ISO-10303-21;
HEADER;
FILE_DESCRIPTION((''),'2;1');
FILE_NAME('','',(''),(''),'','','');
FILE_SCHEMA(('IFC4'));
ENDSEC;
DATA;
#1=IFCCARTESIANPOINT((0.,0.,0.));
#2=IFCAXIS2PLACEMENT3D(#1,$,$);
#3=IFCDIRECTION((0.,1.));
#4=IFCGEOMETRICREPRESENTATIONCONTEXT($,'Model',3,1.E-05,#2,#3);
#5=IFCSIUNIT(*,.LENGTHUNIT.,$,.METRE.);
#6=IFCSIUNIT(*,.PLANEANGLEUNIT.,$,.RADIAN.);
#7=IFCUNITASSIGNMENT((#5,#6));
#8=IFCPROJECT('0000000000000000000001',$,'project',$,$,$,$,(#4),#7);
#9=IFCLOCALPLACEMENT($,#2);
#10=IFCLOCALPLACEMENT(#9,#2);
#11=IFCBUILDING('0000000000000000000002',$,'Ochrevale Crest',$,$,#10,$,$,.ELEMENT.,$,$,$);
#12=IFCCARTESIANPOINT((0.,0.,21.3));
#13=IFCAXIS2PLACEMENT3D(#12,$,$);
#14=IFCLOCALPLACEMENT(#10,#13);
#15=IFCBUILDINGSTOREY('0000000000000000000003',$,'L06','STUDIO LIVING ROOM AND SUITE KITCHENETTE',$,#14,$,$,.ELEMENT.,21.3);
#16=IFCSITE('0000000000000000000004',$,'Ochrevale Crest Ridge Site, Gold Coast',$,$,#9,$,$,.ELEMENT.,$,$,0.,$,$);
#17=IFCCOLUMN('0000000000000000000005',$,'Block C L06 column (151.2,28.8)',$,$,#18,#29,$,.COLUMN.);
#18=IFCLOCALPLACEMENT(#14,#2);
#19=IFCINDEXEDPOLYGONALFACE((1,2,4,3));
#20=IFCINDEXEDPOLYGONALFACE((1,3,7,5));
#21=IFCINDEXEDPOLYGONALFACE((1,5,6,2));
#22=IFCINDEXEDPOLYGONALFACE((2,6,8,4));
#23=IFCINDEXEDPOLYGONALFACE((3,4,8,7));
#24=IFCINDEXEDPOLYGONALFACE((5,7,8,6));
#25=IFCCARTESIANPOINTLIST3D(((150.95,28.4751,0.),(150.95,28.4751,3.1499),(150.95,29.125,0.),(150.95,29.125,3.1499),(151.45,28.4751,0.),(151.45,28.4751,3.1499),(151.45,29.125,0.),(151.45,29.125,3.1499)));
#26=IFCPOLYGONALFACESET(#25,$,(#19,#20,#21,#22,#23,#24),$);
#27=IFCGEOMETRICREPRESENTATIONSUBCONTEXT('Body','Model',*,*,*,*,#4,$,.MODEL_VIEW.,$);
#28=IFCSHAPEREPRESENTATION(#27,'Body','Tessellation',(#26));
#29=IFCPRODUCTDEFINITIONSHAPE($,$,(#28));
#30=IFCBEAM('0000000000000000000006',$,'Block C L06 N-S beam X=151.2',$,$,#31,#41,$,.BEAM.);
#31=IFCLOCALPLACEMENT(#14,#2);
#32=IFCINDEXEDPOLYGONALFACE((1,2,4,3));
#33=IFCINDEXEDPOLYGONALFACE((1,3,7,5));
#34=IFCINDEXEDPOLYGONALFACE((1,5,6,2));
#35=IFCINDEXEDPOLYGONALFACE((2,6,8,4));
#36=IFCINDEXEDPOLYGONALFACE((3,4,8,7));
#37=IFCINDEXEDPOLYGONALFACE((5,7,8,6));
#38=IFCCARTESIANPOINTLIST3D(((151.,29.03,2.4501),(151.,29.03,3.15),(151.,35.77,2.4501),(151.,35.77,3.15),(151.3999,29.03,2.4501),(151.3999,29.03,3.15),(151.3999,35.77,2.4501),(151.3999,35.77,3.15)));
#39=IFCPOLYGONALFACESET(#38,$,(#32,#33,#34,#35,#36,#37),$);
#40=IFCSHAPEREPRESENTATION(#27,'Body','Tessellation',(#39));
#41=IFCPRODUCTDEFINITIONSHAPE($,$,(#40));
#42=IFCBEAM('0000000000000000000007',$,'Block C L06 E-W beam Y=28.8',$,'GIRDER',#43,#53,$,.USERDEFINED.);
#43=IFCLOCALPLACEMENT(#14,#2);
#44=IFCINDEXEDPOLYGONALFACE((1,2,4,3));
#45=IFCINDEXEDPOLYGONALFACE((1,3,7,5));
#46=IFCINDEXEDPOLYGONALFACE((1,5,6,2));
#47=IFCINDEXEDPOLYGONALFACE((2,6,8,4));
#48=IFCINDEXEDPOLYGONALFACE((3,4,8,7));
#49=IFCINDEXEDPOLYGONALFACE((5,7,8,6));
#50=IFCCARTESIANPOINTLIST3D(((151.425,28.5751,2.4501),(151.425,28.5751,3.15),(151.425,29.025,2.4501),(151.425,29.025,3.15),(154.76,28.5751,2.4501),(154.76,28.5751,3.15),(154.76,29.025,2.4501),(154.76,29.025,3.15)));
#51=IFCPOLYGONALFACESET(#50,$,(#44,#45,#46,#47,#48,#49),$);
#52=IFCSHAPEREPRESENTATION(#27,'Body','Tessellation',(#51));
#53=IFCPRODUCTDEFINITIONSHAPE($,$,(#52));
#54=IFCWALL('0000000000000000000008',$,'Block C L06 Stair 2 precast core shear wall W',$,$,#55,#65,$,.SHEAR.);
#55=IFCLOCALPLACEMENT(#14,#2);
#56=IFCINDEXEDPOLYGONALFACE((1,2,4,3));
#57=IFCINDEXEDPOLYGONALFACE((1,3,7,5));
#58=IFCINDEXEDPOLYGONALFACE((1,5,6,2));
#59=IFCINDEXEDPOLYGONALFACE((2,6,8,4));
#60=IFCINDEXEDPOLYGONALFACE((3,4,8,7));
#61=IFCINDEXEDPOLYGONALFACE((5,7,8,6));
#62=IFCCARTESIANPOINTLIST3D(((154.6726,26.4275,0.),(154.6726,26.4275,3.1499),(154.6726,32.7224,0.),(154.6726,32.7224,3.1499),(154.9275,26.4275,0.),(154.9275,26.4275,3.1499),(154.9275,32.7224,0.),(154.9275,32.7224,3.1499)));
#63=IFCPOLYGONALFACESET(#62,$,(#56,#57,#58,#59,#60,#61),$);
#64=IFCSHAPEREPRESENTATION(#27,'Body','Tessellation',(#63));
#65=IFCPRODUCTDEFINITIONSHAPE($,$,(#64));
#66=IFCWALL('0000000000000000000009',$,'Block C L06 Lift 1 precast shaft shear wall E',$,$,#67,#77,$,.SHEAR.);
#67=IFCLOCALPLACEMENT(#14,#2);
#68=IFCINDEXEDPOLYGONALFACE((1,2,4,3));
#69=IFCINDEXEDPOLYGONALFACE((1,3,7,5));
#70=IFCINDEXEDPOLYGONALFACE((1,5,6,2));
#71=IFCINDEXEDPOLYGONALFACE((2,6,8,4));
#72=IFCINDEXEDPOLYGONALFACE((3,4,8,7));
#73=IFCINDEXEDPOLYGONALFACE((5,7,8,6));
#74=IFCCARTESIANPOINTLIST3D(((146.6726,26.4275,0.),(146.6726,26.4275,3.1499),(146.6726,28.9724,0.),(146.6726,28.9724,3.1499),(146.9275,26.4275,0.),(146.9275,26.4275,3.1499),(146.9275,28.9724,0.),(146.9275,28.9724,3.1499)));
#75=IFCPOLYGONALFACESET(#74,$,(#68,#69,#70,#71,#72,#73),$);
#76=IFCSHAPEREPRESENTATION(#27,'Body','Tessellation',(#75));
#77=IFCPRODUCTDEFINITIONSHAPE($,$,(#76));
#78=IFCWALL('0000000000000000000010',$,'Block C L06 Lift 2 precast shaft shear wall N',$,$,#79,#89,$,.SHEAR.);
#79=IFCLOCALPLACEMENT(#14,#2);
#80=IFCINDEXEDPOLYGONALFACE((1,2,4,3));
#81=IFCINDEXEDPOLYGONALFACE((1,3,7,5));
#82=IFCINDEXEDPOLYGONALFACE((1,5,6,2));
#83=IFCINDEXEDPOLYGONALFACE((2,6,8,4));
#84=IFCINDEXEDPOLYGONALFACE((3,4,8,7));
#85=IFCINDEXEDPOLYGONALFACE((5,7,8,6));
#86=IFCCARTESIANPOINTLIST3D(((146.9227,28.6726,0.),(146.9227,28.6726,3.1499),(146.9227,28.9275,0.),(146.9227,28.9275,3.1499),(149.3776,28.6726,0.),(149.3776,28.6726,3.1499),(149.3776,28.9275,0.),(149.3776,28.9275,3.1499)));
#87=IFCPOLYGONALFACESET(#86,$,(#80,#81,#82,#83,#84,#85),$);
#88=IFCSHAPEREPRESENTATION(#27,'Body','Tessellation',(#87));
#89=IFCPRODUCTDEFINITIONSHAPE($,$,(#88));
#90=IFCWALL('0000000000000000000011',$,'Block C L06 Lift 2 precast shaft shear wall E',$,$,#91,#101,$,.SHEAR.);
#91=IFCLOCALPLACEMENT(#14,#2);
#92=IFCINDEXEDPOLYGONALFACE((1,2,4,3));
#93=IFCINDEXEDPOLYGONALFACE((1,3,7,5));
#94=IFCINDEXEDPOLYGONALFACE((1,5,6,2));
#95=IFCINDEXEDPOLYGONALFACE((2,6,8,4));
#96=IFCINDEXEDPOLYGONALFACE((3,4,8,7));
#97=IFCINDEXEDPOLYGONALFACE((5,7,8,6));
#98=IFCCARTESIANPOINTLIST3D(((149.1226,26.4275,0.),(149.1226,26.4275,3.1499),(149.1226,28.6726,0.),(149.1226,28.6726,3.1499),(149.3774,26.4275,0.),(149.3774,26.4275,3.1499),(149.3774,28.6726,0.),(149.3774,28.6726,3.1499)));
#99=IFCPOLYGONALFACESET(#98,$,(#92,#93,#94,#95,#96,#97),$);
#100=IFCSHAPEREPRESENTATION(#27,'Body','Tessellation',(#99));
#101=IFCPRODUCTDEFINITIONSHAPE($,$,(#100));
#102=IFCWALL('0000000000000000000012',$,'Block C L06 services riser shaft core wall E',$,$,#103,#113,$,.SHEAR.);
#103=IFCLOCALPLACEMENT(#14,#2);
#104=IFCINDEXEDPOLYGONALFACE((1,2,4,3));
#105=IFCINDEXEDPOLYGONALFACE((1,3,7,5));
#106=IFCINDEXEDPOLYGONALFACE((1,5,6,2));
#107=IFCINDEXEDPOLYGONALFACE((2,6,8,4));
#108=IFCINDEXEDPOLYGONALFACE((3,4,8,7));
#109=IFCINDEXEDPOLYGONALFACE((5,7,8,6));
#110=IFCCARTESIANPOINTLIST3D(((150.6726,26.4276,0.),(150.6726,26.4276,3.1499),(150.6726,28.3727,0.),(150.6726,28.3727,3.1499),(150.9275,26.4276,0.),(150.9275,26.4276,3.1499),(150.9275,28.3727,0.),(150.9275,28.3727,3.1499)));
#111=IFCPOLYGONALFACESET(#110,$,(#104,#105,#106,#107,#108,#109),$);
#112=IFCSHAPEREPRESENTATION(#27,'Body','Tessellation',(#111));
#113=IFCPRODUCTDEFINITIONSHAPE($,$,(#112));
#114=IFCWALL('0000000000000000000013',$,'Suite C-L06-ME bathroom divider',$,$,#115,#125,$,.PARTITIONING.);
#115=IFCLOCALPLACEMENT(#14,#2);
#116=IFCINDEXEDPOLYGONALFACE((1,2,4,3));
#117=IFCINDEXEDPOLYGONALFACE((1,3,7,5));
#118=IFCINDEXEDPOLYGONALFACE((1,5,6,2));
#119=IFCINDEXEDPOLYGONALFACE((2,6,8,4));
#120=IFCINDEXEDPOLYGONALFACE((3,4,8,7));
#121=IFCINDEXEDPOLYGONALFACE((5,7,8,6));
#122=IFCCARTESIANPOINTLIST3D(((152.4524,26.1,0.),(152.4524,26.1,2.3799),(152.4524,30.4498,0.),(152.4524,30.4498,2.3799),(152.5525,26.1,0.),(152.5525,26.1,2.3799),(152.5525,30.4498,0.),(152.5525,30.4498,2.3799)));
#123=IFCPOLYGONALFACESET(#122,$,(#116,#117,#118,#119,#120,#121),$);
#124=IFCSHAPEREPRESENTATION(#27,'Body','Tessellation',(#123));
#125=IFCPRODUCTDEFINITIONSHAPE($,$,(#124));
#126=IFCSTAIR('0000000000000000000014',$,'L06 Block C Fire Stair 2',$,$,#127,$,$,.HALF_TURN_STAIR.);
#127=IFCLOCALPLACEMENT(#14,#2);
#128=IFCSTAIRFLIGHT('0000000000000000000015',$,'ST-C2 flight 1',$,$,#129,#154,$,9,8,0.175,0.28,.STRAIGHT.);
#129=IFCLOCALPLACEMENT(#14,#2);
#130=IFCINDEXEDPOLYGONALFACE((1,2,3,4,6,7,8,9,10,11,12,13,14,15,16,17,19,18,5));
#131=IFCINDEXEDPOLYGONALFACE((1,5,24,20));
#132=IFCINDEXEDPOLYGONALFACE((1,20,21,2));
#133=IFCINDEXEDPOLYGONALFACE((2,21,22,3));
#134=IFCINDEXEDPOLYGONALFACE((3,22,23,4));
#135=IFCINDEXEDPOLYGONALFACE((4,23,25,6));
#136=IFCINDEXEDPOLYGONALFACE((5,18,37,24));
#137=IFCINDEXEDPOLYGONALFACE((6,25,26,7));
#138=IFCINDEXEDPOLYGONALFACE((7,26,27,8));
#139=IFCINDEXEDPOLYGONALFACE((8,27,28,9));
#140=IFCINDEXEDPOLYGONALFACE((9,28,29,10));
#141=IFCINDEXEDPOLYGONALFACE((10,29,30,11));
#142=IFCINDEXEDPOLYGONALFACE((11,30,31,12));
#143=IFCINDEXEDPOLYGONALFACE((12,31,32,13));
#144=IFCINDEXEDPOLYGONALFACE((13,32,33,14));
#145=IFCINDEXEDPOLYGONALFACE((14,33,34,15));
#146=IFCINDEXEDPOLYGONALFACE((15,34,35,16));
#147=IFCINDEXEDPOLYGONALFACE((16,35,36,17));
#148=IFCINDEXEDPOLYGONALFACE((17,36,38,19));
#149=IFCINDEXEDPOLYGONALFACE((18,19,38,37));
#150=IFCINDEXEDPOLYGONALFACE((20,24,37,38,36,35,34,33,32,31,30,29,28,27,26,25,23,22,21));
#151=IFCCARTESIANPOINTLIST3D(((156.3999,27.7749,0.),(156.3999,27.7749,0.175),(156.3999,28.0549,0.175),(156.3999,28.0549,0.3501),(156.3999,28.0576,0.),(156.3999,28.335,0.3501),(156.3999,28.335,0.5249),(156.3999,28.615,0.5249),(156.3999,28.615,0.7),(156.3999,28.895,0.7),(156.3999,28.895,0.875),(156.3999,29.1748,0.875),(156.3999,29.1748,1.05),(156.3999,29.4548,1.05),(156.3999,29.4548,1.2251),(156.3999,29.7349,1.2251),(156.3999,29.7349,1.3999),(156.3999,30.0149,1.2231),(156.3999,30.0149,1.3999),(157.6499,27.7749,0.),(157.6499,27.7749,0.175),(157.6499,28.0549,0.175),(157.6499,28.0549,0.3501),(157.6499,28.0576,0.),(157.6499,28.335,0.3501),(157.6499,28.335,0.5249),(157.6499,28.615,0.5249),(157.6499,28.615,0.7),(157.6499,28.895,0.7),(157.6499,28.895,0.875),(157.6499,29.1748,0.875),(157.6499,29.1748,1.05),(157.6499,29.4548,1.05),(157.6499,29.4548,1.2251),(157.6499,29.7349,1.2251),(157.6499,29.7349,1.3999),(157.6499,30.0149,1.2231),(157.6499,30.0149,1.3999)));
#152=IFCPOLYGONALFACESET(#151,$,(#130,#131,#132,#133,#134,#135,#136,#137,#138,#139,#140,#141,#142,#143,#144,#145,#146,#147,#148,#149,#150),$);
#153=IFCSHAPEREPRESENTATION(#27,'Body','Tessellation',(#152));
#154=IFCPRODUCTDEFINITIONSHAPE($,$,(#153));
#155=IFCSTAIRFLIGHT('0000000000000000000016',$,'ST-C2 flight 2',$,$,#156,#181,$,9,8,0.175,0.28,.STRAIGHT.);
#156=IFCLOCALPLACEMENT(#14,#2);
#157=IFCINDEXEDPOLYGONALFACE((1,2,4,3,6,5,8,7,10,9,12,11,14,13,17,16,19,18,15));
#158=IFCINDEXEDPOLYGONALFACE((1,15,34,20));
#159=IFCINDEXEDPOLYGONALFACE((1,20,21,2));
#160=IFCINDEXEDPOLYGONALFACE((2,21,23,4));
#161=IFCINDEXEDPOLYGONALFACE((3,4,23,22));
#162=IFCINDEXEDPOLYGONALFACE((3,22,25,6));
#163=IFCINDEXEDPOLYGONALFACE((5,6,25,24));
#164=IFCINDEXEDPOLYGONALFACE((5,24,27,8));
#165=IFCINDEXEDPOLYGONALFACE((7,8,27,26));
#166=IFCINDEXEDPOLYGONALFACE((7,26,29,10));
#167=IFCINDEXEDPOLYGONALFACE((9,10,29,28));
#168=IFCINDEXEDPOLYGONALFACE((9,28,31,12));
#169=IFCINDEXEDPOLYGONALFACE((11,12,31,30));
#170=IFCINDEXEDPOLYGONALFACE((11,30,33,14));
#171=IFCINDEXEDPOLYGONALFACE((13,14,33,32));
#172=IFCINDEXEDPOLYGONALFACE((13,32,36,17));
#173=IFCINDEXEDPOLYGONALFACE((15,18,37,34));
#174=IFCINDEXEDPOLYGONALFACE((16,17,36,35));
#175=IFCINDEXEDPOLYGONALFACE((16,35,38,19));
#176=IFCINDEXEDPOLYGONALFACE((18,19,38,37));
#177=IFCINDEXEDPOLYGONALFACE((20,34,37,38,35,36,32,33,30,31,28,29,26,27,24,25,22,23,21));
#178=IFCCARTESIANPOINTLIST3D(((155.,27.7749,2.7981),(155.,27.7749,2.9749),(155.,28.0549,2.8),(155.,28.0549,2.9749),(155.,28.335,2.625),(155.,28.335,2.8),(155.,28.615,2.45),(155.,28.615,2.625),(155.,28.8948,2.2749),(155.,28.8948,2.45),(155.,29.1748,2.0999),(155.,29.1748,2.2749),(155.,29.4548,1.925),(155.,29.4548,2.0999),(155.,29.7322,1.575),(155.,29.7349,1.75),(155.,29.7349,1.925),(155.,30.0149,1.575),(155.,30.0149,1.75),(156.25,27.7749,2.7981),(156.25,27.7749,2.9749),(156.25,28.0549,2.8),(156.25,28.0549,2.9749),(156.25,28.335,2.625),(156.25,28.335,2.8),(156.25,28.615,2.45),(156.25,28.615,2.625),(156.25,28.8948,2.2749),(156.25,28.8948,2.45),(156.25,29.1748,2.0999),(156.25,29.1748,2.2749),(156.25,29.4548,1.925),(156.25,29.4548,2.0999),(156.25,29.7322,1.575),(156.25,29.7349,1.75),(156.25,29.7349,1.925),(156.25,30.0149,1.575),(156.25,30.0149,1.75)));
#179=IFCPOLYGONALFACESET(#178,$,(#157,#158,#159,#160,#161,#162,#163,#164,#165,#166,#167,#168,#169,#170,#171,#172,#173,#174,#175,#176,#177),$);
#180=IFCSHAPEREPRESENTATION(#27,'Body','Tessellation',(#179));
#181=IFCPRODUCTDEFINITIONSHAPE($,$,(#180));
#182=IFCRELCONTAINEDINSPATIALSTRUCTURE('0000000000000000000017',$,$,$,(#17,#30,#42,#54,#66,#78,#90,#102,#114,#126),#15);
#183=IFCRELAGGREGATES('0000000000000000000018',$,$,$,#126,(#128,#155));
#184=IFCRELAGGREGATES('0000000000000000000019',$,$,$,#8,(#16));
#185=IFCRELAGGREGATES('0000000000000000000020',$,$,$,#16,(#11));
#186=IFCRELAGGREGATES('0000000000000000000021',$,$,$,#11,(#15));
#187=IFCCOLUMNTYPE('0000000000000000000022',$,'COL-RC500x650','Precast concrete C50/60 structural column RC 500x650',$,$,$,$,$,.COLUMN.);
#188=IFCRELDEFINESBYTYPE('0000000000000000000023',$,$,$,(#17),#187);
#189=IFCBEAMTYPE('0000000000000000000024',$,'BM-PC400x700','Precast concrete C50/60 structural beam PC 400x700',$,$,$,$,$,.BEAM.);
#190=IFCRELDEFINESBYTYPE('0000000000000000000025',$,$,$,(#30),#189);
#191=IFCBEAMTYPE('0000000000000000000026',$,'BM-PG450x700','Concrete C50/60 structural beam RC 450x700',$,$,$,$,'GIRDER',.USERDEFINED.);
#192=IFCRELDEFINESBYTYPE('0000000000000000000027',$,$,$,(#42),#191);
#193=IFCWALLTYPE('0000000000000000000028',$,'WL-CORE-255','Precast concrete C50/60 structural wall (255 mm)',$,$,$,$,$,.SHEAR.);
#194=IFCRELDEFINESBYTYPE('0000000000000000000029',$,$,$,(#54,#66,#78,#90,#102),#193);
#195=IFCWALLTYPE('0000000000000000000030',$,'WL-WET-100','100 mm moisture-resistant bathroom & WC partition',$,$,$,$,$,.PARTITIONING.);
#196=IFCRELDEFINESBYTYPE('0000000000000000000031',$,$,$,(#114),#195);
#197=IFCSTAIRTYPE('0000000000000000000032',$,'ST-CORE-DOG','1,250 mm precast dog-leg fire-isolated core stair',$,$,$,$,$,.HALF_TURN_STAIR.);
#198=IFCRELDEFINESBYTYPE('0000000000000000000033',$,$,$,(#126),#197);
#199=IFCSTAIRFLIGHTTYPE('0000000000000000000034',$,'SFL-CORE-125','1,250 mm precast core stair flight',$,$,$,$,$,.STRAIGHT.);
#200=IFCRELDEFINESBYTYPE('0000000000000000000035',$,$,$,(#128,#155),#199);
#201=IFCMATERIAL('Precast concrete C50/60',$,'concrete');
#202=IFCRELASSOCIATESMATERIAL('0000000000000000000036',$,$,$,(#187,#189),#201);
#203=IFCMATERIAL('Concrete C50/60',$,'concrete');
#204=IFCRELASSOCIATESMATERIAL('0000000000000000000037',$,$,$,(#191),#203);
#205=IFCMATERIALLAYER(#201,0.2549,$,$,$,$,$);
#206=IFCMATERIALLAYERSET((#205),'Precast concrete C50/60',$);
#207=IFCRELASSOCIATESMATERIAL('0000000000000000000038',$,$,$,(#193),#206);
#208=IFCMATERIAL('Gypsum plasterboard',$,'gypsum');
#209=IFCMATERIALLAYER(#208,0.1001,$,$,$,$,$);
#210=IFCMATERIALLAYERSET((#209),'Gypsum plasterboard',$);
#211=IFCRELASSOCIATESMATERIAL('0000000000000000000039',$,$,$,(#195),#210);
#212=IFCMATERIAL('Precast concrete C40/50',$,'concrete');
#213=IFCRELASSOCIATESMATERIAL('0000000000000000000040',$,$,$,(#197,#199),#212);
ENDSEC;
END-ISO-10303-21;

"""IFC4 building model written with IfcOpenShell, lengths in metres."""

from ifc_helpers import new_model, si_unit, direction, frame, frame_2d, origin, origin_2d, place, context, subcontext, project, spatial, polyline, rectangle, outline, extrude, material, layer, layer_set, material_profile, profile_set, type_object, element, aggregate, save


model = new_model("IFC4")

# Units and contexts
model_context = context("Model", 3, precision=1e-05, world=origin(), true_north=direction((0.0, 1.0)))
body_context = subcontext(model_context, "Body", "Model", "MODEL_VIEW")
ifc_project = project(units=[si_unit("LENGTHUNIT", "METRE"), si_unit("PLANEANGLEUNIT", "RADIAN")], contexts=[model_context])

# Site, building, storey
site_placement = place(None, origin())
site = spatial("IfcSite", under=ifc_project, at=site_placement, Name="Ochrevale Crest Ridge Site, Gold Coast", CompositionType="ELEMENT", RefElevation=0.0)
building_placement = place(site_placement, origin())
building = spatial("IfcBuilding", under=site, at=building_placement, Name="Ochrevale Crest", CompositionType="ELEMENT")
storey_placement = place(building_placement, frame((0.0, 0.0, 21.3)))
storey = spatial("IfcBuildingStorey", under=building, at=storey_placement, Name="L06", Description="STUDIO LIVING ROOM AND SUITE KITCHENETTE", CompositionType="ELEMENT", Elevation=21.3)

# Column
ifc_material_1 = material(Name="Precast concrete C50/60", Category="concrete")
ifc_material_profile_1 = material_profile(ifc_material_1, rectangle(XDim=0.5, YDim=0.6499, at=origin_2d()), Name="RC 500x650")
ifc_profile_set_1 = profile_set([ifc_material_profile_1], Name="Precast concrete C50/60")
column_type = type_object("IfcColumnType", Name="COL-RC500x650", Description="Precast concrete C50/60 structural column RC 500x650", PredefinedType="COLUMN", material=ifc_profile_set_1)
column_placement = place(storey_placement, frame((151.2, 28.8, 0.0), z_axis=(0.0, 0.0, 1.0), x_axis=(1.0, 0.0, 0.0)))
element("IfcColumn", 1, at=column_placement, inside=storey, type_object=column_type, Name="Block C L06 column (151.2,28.8)", PredefinedType="COLUMN", context=body_context, shape_type="SweptSolid", body=[
    extrude(rectangle(XDim=0.5, YDim=0.6499, at=origin_2d()), origin(), (0.0, 0.0, 1.0), 3.1499),
])

# Beams
ifc_material_profile_2 = material_profile(ifc_material_1, rectangle(XDim=0.3999, YDim=0.7, at=origin_2d()), Name="PC 400x700")
ifc_profile_set_2 = profile_set([ifc_material_profile_2], Name="Precast concrete C50/60")
beam_type_1 = type_object("IfcBeamType", Name="BM-PC400x700", Description="Precast concrete C50/60 structural beam PC 400x700", PredefinedType="BEAM", material=ifc_profile_set_2)
beam_1_placement = place(storey_placement, frame((151.2, 29.03, 2.8), z_axis=(0.0, 1.0, 0.0), x_axis=(-1.0, 0.0, 0.0)))
element("IfcBeam", 2, at=beam_1_placement, inside=storey, type_object=beam_type_1, Name="Block C L06 N-S beam X=151.2", PredefinedType="BEAM", context=body_context, shape_type="SweptSolid", body=[
    extrude(rectangle(XDim=0.3999, YDim=0.7, at=origin_2d()), origin(), (0.0, 0.0, 1.0), 6.74),
])
ifc_material_2 = material(Name="Concrete C50/60", Category="concrete")
ifc_material_profile_3 = material_profile(ifc_material_2, rectangle(XDim=0.45, YDim=0.7, at=origin_2d()), Name="RC 450x700")
ifc_profile_set_3 = profile_set([ifc_material_profile_3], Name="Concrete C50/60")
beam_type_2 = type_object("IfcBeamType", Name="BM-PG450x700", Description="Concrete C50/60 structural beam RC 450x700", ElementType="GIRDER", PredefinedType="USERDEFINED", material=ifc_profile_set_3)
beam_2_placement = place(storey_placement, frame((151.425, 28.8, 2.8), z_axis=(1.0, 0.0, 0.0), x_axis=(0.0, 1.0, 0.0)))
element("IfcBeam", 3, at=beam_2_placement, inside=storey, type_object=beam_type_2, Name="Block C L06 E-W beam Y=28.8", ObjectType="GIRDER", PredefinedType="USERDEFINED", context=body_context, shape_type="SweptSolid", body=[
    extrude(rectangle(XDim=0.45, YDim=0.7, at=origin_2d()), origin(), (0.0, 0.0, 1.0), 3.335),
])

# Shared definitions
ifc_layer_1 = layer(ifc_material_1, 0.2549)
ifc_layer_set_1 = layer_set([ifc_layer_1], Name="Precast concrete C50/60")
wall_type_1 = type_object("IfcWallType", Name="WL-CORE-255", Description="Precast concrete C50/60 structural wall (255 mm)", PredefinedType="SHEAR", material=ifc_layer_set_1)

# Walls
wall_1_placement = place(storey_placement, frame((154.8, 26.4275, 0.0), z_axis=(0.0, 0.0, 1.0), x_axis=(0.0, 1.0, 0.0)))
element("IfcWall", 4, at=wall_1_placement, inside=storey, type_object=wall_type_1, Name="Block C L06 Stair 2 precast core shear wall W", PredefinedType="SHEAR", context=body_context, shape_type="SweptSolid", body=[
    extrude(rectangle(XDim=6.2949, YDim=0.2549, at=frame_2d((3.1475, 0.0))), origin(), (0.0, 0.0, 1.0), 3.1499),
])
wall_2_placement = place(storey_placement, frame((146.8, 26.4275, 0.0), z_axis=(0.0, 0.0, 1.0), x_axis=(0.0, 1.0, 0.0)))
element("IfcWall", 5, at=wall_2_placement, inside=storey, type_object=wall_type_1, Name="Block C L06 Lift 1 precast shaft shear wall E", PredefinedType="SHEAR", context=body_context, shape_type="SweptSolid", body=[
    extrude(rectangle(XDim=2.5449, YDim=0.2549, at=frame_2d((1.2725, 0.0))), origin(), (0.0, 0.0, 1.0), 3.1499),
])

# Walls
wall_3_placement = place(storey_placement, frame((146.9226, 28.8, 0.0), z_axis=(0.0, 0.0, 1.0), x_axis=(1.0, 0.0, 0.0)))
element("IfcWall", 6, at=wall_3_placement, inside=storey, type_object=wall_type_1, Name="Block C L06 Lift 2 precast shaft shear wall N", PredefinedType="SHEAR", context=body_context, shape_type="SweptSolid", body=[
    extrude(rectangle(XDim=2.4548, YDim=0.2549, at=frame_2d((1.2275, 0.0))), origin(), (0.0, 0.0, 1.0), 3.1499),
])
wall_4_placement = place(storey_placement, frame((149.25, 26.4275, 0.0), z_axis=(0.0, 0.0, 1.0), x_axis=(0.0, 1.0, 0.0)))
element("IfcWall", 7, at=wall_4_placement, inside=storey, type_object=wall_type_1, Name="Block C L06 Lift 2 precast shaft shear wall E", PredefinedType="SHEAR", context=body_context, shape_type="SweptSolid", body=[
    extrude(rectangle(XDim=2.2451, YDim=0.2549, at=frame_2d((1.1226, 0.0))), origin(), (0.0, 0.0, 1.0), 3.1499),
])
wall_5_placement = place(storey_placement, frame((150.8, 26.4275, 0.0), z_axis=(0.0, 0.0, 1.0), x_axis=(0.0, 1.0, 0.0)))
element("IfcWall", 8, at=wall_5_placement, inside=storey, type_object=wall_type_1, Name="Block C L06 services riser shaft core wall E", PredefinedType="SHEAR", context=body_context, shape_type="SweptSolid", body=[
    extrude(rectangle(XDim=1.9451, YDim=0.2549, at=frame_2d((0.9727, 0.0))), origin(), (0.0, 0.0, 1.0), 3.1499),
])
ifc_material_3 = material(Name="Gypsum plasterboard", Category="gypsum")
ifc_layer_2 = layer(ifc_material_3, 0.1001)
ifc_layer_set_2 = layer_set([ifc_layer_2], Name="Gypsum plasterboard")
wall_type_2 = type_object("IfcWallType", Name="WL-WET-100", Description="100 mm moisture-resistant bathroom & WC partition", PredefinedType="PARTITIONING", material=ifc_layer_set_2)
wall_6_placement = place(storey_placement, frame((152.5024, 26.1001, 0.0), z_axis=(0.0, 0.0, 1.0), x_axis=(0.0, 1.0, 0.0)))
element("IfcWall", 9, at=wall_6_placement, inside=storey, type_object=wall_type_2, Name="Suite C-L06-ME bathroom divider", PredefinedType="PARTITIONING", context=body_context, shape_type="SweptSolid", body=[
    extrude(rectangle(XDim=4.3499, YDim=0.1001, at=frame_2d((2.1748, 0.0))), origin(), (0.0, 0.0, 1.0), 2.3799),
])

# Stair, stair flights
ifc_material_4 = material(Name="Precast concrete C40/50", Category="concrete")
stair_type = type_object("IfcStairType", Name="ST-CORE-DOG", Description="1,250 mm precast dog-leg fire-isolated core stair", PredefinedType="HALF_TURN_STAIR", material=ifc_material_4)
stair_placement = place(storey_placement, origin())
stair = element("IfcStair", 10, at=stair_placement, inside=storey, type_object=stair_type, Name="L06 Block C Fire Stair 2", PredefinedType="HALF_TURN_STAIR")
stair_flight_type = type_object("IfcStairFlightType", Name="SFL-CORE-125", Description="1,250 mm precast core stair flight", PredefinedType="STRAIGHT", material=ifc_material_4)
stair_flight_1_placement = place(storey_placement, frame((157.0249, 27.7749, 0.0), z_axis=(0.0, 0.0, 1.0), x_axis=(0.0, 1.0, 0.0)))
stair_flight_1 = element("IfcStairFlight", 11, at=stair_flight_1_placement, type_object=stair_flight_type, Name="ST-C2 flight 1", NumberOfRisers=9, NumberOfTreads=8, PredefinedType="STRAIGHT", RiserHeight=0.175, TreadLength=0.28, context=body_context, shape_type="SweptSolid", body=[
    extrude(outline(polyline([(0.0, 0.0), (0.0, 0.175), (0.28, 0.175), (0.28, 0.3501), (0.5601, 0.3501), (0.5601, 0.5249), (0.8401, 0.5249), (0.8401, 0.7), (1.1201, 0.7), (1.1201, 0.875), (1.3999, 0.875), (1.3999, 1.05), (1.6799, 1.05), (1.6799, 1.2251), (1.96, 1.2251), (1.96, 1.3999), (2.24, 1.3999), (2.24, 1.575), (2.24, 1.2231), (0.2827, 0.0), (0.0, 0.0)])), frame((0.0, 0.625, 0.0), z_axis=(0.0, -1.0, 0.0), x_axis=(1.0, 0.0, 0.0)), (0.0, 0.0, 1.0), 1.25),
])
stair_flight_2_placement = place(storey_placement, frame((155.625, 30.0149, 1.575), z_axis=(0.0, 0.0, 1.0), x_axis=(0.0, -1.0, 0.0)))
stair_flight_2 = element("IfcStairFlight", 12, at=stair_flight_2_placement, type_object=stair_flight_type, Name="ST-C2 flight 2", NumberOfRisers=9, NumberOfTreads=8, PredefinedType="STRAIGHT", RiserHeight=0.175, TreadLength=0.28, context=body_context, shape_type="SweptSolid", body=[
    extrude(outline(polyline([(0.0, 0.0), (0.0, 0.175), (0.28, 0.175), (0.28, 0.3501), (0.5601, 0.3501), (0.5601, 0.5249), (0.8401, 0.5249), (0.8401, 0.7), (1.1201, 0.7), (1.1201, 0.875), (1.3999, 0.875), (1.3999, 1.05), (1.6799, 1.05), (1.6799, 1.2251), (1.96, 1.2251), (1.96, 1.3999), (2.24, 1.3999), (2.24, 1.575), (2.24, 1.2231), (0.2827, 0.0), (0.0, 0.0)])), frame((0.0, 0.625, 0.0), z_axis=(0.0, -1.0, 0.0), x_axis=(1.0, 0.0, 0.0)), (0.0, 0.0, 1.0), 1.25),
])
aggregate(stair, [stair_flight_1, stair_flight_2])

save(model, "model.ifc")
